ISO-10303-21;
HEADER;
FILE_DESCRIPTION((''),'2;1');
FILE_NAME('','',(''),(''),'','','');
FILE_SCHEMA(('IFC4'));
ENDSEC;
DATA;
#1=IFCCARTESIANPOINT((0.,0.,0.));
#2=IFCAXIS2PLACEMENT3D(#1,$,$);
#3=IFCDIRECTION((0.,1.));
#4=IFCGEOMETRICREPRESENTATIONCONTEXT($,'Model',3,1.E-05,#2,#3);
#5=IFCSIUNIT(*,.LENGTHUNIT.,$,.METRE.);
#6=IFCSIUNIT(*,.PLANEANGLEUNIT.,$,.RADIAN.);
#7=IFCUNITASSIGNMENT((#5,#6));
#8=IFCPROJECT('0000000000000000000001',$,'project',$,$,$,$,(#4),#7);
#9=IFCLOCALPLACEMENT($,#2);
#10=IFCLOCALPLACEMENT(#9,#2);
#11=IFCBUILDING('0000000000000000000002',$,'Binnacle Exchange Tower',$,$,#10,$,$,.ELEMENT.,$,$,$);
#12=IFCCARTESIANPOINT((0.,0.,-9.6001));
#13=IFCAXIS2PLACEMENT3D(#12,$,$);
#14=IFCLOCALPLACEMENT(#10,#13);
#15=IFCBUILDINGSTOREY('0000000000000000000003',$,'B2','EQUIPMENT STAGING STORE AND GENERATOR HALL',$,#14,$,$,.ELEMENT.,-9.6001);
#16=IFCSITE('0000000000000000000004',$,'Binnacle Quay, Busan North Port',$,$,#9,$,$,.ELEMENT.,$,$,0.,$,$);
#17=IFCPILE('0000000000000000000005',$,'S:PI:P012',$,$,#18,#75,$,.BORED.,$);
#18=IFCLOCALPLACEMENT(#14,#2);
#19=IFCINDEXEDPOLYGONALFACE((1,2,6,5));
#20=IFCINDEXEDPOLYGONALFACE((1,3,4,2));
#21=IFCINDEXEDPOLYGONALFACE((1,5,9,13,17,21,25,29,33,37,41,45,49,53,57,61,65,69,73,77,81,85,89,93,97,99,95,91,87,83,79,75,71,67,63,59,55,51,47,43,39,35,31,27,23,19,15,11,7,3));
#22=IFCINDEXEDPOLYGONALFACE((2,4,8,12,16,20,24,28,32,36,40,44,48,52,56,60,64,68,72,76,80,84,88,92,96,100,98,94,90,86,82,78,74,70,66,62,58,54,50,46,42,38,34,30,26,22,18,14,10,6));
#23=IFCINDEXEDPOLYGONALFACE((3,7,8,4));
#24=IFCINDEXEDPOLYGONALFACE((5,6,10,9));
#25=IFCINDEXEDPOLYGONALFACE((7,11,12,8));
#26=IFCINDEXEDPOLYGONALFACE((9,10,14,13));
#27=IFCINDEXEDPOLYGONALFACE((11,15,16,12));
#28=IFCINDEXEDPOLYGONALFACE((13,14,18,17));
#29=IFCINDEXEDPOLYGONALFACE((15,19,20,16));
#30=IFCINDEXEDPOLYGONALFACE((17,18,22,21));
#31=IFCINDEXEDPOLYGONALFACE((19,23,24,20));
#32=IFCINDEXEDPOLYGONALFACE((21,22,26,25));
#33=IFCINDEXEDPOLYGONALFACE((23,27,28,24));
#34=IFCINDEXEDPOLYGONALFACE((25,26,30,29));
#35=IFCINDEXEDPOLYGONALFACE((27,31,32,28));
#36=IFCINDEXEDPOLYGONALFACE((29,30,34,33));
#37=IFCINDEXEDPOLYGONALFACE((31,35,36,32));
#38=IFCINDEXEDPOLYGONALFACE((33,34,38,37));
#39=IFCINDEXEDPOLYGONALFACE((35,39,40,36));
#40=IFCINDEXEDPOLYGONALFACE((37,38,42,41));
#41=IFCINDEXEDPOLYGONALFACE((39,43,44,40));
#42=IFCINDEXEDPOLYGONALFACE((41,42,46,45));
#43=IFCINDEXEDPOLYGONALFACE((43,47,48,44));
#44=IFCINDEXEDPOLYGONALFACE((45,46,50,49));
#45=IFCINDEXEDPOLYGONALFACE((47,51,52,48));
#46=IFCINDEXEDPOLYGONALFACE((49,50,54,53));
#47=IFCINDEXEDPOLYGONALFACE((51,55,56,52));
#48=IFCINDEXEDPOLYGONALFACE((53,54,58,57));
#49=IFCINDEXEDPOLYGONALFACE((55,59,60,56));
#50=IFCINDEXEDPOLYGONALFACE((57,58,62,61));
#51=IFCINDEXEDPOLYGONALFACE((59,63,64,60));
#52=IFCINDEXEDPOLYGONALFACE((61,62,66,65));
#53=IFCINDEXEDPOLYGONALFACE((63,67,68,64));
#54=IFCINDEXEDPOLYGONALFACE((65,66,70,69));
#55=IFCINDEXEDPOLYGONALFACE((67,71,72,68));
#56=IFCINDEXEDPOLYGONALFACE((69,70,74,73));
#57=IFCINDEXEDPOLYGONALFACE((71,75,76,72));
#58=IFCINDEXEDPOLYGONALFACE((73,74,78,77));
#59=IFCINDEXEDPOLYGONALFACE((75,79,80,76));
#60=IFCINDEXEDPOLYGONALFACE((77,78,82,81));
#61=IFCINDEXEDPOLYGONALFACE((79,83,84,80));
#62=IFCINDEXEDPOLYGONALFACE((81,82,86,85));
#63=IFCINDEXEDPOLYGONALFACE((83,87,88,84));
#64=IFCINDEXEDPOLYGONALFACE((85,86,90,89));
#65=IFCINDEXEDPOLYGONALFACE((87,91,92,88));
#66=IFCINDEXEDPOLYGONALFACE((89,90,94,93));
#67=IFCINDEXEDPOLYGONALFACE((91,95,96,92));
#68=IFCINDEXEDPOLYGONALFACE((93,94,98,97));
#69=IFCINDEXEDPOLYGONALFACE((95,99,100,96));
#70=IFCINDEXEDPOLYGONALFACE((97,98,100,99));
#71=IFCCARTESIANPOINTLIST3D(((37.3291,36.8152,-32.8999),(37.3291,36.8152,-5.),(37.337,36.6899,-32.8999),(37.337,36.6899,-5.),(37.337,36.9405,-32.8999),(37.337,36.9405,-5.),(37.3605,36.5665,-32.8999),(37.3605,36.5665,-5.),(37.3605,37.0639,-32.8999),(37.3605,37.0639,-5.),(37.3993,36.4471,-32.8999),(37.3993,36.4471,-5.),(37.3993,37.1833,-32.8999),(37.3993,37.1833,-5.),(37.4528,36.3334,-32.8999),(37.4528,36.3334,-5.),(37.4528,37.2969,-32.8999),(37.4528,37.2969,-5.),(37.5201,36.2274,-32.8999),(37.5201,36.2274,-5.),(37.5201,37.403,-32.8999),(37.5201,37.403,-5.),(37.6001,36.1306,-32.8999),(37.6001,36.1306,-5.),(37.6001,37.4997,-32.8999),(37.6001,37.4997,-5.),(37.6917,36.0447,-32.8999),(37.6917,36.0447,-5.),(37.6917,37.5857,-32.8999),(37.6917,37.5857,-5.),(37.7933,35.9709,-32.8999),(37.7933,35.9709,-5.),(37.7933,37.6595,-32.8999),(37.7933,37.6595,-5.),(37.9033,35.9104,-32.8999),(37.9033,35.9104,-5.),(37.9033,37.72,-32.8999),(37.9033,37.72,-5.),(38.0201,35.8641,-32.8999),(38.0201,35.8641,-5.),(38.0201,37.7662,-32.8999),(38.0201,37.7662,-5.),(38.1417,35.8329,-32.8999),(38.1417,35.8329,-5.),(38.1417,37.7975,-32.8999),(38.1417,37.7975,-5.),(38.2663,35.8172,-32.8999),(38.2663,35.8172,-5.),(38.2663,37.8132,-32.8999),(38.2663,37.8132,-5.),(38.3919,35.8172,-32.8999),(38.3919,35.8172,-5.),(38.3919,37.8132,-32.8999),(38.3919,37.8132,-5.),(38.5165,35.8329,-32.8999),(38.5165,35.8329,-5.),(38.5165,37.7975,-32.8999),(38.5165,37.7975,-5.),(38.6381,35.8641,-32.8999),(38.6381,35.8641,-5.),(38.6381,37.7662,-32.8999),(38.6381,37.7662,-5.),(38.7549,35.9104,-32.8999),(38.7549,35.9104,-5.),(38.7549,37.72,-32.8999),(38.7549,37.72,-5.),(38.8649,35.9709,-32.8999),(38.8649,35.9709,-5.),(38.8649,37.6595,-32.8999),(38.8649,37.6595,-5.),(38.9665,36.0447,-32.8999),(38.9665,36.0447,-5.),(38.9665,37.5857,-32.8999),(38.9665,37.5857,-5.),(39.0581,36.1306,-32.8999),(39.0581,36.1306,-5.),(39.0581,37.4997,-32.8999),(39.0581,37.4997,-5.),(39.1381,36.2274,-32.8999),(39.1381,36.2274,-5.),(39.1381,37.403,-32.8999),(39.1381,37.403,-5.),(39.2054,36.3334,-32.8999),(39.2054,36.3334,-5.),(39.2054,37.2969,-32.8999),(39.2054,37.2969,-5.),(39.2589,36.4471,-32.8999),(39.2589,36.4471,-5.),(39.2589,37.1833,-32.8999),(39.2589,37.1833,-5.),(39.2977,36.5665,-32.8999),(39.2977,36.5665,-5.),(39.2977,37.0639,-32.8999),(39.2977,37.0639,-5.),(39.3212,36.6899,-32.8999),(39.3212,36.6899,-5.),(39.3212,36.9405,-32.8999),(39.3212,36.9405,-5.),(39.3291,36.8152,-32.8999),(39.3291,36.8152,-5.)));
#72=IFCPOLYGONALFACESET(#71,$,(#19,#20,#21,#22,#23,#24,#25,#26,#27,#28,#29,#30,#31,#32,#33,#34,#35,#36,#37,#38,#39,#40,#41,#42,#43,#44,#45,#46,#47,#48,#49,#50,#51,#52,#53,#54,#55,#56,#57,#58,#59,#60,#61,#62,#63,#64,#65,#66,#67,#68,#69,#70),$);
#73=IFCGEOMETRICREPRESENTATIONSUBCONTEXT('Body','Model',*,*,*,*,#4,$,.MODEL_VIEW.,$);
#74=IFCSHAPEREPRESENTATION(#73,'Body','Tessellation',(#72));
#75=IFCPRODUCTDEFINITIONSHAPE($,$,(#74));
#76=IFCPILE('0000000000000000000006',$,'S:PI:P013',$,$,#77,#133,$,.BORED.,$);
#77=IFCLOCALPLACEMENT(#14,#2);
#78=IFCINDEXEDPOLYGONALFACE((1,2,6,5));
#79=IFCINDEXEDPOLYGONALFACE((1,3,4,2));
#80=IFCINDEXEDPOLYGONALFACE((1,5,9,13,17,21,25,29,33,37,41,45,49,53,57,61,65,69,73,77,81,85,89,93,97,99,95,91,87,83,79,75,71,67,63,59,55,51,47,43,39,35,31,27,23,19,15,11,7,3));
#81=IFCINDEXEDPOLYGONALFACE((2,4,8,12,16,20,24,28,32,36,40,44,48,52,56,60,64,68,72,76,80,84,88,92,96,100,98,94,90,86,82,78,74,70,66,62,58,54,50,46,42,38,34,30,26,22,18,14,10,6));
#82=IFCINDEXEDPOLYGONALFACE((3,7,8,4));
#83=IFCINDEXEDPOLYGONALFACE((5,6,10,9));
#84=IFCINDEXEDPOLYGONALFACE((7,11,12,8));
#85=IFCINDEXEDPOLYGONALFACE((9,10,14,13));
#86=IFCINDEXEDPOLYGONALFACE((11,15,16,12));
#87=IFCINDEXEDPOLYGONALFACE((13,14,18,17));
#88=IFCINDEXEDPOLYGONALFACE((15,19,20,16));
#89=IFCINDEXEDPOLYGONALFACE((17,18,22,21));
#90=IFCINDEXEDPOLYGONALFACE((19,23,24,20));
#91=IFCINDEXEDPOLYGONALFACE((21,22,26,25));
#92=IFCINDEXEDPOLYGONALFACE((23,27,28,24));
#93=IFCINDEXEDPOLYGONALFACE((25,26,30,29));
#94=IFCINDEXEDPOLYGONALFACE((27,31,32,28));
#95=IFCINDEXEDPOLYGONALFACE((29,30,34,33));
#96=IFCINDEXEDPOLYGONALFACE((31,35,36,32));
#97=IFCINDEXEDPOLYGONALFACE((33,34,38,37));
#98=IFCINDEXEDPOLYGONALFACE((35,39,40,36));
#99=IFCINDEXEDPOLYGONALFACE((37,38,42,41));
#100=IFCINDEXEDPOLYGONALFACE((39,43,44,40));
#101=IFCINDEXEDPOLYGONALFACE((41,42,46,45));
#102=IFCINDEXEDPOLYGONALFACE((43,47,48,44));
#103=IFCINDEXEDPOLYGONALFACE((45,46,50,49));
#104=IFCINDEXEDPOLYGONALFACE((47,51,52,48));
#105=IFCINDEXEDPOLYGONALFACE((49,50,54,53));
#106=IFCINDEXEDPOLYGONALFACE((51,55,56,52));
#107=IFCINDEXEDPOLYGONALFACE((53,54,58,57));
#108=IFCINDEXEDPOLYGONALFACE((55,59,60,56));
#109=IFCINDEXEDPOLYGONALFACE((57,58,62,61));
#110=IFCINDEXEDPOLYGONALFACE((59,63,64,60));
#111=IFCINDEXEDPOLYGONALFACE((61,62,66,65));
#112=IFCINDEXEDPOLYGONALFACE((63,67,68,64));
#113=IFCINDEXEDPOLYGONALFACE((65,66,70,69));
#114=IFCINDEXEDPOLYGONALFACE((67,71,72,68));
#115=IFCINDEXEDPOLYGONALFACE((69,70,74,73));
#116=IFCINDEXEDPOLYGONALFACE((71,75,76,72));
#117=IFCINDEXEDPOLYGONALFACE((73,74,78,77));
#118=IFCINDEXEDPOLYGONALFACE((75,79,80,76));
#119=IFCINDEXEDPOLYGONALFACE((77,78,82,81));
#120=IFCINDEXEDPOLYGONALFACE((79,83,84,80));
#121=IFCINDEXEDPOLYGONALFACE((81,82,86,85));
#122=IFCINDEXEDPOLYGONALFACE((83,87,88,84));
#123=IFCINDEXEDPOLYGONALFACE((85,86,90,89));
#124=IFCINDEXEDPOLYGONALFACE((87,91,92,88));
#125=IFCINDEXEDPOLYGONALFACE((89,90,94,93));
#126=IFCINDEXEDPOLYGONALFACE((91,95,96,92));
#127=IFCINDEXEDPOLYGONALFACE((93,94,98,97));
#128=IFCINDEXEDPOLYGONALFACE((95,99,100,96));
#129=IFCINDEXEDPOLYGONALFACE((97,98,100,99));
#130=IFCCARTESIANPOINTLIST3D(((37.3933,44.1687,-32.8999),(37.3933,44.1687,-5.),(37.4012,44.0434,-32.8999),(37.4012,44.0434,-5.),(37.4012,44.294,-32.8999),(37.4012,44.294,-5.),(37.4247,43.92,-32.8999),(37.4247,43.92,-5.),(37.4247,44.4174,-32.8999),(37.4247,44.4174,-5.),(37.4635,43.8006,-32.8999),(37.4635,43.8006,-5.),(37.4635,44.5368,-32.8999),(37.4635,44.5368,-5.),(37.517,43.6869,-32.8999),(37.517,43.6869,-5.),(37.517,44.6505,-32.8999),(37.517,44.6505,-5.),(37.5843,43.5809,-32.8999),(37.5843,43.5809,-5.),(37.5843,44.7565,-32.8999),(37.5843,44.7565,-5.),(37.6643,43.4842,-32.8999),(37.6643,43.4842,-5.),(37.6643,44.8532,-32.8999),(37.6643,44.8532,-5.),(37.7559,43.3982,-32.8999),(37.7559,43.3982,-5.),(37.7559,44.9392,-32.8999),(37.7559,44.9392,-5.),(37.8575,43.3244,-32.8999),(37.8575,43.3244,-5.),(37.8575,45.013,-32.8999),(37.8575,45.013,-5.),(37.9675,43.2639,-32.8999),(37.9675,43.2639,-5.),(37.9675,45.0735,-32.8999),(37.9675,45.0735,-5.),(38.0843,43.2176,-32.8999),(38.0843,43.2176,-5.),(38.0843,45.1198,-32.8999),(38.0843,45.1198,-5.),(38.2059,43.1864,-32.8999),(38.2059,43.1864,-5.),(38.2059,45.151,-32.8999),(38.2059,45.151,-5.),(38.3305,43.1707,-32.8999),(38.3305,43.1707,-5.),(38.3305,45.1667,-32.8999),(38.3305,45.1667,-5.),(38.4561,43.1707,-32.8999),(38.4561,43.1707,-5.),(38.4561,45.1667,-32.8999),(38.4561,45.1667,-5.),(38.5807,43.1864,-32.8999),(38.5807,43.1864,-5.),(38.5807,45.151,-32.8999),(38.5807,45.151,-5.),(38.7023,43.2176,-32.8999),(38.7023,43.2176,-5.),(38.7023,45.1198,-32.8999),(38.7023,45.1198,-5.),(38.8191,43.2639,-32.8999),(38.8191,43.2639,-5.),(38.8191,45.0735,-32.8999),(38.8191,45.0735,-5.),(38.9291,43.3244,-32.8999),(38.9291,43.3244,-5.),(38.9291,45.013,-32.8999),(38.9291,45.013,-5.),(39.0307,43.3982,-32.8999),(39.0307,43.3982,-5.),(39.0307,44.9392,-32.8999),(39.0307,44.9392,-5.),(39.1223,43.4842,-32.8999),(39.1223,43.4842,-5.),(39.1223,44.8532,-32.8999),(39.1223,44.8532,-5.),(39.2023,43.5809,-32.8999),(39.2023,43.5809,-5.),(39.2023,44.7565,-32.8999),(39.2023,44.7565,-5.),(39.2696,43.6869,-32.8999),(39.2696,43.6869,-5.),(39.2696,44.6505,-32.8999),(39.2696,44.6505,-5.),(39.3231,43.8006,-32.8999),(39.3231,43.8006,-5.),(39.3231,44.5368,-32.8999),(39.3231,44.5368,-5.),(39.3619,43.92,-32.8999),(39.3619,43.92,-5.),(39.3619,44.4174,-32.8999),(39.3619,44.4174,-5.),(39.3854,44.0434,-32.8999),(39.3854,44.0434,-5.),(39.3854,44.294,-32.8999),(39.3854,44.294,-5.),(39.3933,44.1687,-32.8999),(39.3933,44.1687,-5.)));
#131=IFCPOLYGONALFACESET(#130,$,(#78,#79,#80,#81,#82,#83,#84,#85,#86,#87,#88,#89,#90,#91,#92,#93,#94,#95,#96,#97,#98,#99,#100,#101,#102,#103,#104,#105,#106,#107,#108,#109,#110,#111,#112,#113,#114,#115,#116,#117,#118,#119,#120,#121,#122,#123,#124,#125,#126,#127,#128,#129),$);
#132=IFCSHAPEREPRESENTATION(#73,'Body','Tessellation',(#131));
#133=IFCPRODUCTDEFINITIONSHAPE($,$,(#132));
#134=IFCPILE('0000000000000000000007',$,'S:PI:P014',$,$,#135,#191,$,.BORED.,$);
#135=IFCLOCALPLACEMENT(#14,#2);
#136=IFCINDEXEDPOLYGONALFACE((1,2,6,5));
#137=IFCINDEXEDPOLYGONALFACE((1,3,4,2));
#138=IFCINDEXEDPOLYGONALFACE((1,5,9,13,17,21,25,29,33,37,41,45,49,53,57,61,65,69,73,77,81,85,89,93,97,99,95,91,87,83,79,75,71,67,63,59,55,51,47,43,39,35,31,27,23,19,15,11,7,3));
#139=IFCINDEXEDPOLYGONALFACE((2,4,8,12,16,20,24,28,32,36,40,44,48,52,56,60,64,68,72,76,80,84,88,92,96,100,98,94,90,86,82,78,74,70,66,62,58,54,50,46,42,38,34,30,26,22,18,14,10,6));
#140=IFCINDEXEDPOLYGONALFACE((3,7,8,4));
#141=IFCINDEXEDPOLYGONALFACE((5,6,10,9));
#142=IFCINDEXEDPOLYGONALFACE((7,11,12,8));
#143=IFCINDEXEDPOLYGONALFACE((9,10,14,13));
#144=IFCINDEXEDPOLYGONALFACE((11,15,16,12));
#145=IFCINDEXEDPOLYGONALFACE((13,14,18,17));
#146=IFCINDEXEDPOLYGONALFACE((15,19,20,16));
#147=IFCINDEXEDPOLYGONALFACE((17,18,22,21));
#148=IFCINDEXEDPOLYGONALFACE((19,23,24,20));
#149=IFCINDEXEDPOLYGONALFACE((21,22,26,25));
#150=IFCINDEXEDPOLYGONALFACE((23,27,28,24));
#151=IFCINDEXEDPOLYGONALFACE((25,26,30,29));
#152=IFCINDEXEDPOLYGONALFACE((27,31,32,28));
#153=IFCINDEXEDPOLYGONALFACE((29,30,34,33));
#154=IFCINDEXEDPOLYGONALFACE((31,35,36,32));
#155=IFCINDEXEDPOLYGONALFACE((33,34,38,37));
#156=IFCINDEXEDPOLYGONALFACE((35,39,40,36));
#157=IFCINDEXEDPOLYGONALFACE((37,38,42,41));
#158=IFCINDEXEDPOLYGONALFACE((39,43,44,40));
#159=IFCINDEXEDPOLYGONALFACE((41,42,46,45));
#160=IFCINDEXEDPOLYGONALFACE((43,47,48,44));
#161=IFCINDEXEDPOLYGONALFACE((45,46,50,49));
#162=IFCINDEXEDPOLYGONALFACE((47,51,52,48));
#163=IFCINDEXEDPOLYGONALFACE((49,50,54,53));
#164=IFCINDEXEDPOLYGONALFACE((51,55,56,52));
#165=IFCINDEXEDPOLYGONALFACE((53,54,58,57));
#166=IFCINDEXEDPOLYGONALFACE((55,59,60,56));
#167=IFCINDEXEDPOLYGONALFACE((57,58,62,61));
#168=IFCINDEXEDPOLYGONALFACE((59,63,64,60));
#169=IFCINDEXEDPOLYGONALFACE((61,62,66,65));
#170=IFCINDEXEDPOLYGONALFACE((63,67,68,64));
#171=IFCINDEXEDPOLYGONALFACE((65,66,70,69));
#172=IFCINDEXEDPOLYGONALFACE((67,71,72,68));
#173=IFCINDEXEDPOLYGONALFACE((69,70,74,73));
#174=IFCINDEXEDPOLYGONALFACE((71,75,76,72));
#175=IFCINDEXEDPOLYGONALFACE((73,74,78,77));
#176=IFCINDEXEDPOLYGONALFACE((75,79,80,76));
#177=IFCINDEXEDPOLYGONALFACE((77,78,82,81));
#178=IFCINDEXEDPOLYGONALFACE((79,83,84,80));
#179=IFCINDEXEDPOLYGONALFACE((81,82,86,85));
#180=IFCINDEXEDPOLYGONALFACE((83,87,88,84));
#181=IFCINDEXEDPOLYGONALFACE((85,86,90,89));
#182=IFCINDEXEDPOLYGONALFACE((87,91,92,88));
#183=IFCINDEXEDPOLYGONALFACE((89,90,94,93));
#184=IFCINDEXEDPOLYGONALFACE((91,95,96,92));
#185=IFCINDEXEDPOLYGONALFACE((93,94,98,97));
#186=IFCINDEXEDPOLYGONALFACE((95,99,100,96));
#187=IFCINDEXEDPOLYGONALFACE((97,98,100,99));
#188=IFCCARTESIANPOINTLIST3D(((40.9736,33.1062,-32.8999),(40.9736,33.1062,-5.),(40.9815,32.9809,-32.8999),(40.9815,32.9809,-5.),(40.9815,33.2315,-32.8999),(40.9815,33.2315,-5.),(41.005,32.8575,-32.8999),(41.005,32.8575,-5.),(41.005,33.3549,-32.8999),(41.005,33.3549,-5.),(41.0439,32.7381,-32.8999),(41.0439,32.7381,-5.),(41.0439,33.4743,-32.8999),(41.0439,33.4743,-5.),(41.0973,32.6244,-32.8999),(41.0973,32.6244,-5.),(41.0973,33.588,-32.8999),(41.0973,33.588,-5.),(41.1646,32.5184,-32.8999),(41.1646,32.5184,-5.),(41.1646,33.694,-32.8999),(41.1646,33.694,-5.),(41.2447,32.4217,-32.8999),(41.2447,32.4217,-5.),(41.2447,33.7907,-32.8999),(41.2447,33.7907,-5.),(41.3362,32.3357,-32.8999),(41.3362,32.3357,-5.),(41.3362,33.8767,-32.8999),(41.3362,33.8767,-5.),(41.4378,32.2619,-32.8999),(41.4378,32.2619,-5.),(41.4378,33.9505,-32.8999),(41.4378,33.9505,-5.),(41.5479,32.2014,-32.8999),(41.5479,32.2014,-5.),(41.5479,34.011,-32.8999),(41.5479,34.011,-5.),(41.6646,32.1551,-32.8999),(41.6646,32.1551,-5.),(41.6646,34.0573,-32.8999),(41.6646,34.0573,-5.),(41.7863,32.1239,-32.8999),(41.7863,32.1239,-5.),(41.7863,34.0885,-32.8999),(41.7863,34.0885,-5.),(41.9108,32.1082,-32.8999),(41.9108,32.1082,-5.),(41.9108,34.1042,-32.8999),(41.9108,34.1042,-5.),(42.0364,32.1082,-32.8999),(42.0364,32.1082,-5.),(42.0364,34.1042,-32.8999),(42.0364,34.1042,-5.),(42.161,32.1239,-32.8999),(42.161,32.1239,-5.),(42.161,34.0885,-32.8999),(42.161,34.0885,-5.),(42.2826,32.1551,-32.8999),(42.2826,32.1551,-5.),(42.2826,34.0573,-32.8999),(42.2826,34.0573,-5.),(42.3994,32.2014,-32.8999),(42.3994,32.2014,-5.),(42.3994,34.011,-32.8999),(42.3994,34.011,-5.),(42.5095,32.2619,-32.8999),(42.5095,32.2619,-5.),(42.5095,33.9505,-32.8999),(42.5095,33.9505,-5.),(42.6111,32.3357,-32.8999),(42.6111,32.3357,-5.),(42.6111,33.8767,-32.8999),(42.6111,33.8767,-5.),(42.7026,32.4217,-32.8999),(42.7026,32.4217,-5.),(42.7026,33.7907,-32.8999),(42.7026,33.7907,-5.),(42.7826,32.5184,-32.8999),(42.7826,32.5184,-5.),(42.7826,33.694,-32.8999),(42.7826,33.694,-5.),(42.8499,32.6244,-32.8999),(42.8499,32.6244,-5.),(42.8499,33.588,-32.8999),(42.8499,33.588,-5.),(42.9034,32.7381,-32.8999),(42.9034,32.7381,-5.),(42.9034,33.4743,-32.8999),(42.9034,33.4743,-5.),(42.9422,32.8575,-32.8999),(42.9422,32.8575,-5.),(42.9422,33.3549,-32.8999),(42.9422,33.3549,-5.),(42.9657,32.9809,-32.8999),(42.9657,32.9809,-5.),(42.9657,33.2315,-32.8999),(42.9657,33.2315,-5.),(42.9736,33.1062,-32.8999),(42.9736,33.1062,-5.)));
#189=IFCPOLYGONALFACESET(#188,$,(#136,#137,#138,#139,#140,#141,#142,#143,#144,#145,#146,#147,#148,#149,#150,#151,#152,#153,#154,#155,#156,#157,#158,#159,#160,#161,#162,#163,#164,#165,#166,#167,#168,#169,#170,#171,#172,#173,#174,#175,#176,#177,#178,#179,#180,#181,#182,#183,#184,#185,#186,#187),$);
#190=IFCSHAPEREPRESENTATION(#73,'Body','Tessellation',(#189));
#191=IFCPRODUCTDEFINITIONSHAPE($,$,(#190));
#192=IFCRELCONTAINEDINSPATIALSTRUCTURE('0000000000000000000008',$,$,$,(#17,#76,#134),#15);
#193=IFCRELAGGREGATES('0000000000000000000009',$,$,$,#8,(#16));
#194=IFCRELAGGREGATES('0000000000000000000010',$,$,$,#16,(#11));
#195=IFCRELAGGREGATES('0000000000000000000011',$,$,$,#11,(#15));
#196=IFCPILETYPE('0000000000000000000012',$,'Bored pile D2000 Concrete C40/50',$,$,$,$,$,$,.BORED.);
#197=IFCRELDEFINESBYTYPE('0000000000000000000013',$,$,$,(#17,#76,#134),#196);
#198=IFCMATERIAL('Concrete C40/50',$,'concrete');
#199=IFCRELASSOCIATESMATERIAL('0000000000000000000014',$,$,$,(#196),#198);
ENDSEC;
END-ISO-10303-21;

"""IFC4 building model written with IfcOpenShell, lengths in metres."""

from ifc_helpers import new_model, si_unit, direction, frame, origin, origin_2d, place, context, subcontext, project, spatial, circle, extrude, material, material_profile, profile_set, type_object, element, save


model = new_model("IFC4")

# Units and contexts
model_context = context("Model", 3, precision=1e-05, world=origin(), true_north=direction((0.0, 1.0)))
body_context = subcontext(model_context, "Body", "Model", "MODEL_VIEW")
ifc_project = project(units=[si_unit("LENGTHUNIT", "METRE"), si_unit("PLANEANGLEUNIT", "RADIAN")], contexts=[model_context])

# Site, building, storey
site_placement = place(None, origin())
site = spatial("IfcSite", under=ifc_project, at=site_placement, Name="Binnacle Quay, Busan North Port", CompositionType="ELEMENT", RefElevation=0.0)
building_placement = place(site_placement, origin())
building = spatial("IfcBuilding", under=site, at=building_placement, Name="Binnacle Exchange Tower", CompositionType="ELEMENT")
storey_placement = place(building_placement, frame((0.0, 0.0, -9.6001)))
storey = spatial("IfcBuildingStorey", under=building, at=storey_placement, Name="B2", Description="EQUIPMENT STAGING STORE AND GENERATOR HALL", CompositionType="ELEMENT", Elevation=-9.6001)

# Piles
ifc_material_1 = material(Name="Concrete C40/50", Category="concrete")
ifc_material_profile_1 = material_profile(ifc_material_1, circle(Radius=1.0, at=origin_2d()), Name="Bored pile D2000")
ifc_profile_set_1 = profile_set([ifc_material_profile_1], Name="Concrete C40/50")
pile_type = type_object("IfcPileType", Name="Bored pile D2000 Concrete C40/50", PredefinedType="BORED", material=ifc_profile_set_1)
for number, where, z_axis, x_axis, name in (
    (1, (38.3291, 36.8152, -5.0), (0.0, 0.0, -1.0), (1.0, 0.0, 0.0), "S:PI:P012"),
    (2, (38.3933, 44.1687, -5.0), (0.0, 0.0, -1.0), (1.0, 0.0, 0.0), "S:PI:P013"),
    (3, (41.9736, 33.1062, -5.0), (0.0, 0.0, -1.0), (1.0, 0.0, 0.0), "S:PI:P014"),
):
    element("IfcPile", number, at=place(storey_placement, frame(where, z_axis=z_axis, x_axis=x_axis)), inside=storey, type_object=pile_type, Name=name, PredefinedType="BORED", context=body_context, shape_type="SweptSolid", body=[
        extrude(circle(Radius=1.0, at=origin_2d()), origin(), (0.0, 0.0, 1.0), 27.8999),
    ])

save(model, "model.ifc")
